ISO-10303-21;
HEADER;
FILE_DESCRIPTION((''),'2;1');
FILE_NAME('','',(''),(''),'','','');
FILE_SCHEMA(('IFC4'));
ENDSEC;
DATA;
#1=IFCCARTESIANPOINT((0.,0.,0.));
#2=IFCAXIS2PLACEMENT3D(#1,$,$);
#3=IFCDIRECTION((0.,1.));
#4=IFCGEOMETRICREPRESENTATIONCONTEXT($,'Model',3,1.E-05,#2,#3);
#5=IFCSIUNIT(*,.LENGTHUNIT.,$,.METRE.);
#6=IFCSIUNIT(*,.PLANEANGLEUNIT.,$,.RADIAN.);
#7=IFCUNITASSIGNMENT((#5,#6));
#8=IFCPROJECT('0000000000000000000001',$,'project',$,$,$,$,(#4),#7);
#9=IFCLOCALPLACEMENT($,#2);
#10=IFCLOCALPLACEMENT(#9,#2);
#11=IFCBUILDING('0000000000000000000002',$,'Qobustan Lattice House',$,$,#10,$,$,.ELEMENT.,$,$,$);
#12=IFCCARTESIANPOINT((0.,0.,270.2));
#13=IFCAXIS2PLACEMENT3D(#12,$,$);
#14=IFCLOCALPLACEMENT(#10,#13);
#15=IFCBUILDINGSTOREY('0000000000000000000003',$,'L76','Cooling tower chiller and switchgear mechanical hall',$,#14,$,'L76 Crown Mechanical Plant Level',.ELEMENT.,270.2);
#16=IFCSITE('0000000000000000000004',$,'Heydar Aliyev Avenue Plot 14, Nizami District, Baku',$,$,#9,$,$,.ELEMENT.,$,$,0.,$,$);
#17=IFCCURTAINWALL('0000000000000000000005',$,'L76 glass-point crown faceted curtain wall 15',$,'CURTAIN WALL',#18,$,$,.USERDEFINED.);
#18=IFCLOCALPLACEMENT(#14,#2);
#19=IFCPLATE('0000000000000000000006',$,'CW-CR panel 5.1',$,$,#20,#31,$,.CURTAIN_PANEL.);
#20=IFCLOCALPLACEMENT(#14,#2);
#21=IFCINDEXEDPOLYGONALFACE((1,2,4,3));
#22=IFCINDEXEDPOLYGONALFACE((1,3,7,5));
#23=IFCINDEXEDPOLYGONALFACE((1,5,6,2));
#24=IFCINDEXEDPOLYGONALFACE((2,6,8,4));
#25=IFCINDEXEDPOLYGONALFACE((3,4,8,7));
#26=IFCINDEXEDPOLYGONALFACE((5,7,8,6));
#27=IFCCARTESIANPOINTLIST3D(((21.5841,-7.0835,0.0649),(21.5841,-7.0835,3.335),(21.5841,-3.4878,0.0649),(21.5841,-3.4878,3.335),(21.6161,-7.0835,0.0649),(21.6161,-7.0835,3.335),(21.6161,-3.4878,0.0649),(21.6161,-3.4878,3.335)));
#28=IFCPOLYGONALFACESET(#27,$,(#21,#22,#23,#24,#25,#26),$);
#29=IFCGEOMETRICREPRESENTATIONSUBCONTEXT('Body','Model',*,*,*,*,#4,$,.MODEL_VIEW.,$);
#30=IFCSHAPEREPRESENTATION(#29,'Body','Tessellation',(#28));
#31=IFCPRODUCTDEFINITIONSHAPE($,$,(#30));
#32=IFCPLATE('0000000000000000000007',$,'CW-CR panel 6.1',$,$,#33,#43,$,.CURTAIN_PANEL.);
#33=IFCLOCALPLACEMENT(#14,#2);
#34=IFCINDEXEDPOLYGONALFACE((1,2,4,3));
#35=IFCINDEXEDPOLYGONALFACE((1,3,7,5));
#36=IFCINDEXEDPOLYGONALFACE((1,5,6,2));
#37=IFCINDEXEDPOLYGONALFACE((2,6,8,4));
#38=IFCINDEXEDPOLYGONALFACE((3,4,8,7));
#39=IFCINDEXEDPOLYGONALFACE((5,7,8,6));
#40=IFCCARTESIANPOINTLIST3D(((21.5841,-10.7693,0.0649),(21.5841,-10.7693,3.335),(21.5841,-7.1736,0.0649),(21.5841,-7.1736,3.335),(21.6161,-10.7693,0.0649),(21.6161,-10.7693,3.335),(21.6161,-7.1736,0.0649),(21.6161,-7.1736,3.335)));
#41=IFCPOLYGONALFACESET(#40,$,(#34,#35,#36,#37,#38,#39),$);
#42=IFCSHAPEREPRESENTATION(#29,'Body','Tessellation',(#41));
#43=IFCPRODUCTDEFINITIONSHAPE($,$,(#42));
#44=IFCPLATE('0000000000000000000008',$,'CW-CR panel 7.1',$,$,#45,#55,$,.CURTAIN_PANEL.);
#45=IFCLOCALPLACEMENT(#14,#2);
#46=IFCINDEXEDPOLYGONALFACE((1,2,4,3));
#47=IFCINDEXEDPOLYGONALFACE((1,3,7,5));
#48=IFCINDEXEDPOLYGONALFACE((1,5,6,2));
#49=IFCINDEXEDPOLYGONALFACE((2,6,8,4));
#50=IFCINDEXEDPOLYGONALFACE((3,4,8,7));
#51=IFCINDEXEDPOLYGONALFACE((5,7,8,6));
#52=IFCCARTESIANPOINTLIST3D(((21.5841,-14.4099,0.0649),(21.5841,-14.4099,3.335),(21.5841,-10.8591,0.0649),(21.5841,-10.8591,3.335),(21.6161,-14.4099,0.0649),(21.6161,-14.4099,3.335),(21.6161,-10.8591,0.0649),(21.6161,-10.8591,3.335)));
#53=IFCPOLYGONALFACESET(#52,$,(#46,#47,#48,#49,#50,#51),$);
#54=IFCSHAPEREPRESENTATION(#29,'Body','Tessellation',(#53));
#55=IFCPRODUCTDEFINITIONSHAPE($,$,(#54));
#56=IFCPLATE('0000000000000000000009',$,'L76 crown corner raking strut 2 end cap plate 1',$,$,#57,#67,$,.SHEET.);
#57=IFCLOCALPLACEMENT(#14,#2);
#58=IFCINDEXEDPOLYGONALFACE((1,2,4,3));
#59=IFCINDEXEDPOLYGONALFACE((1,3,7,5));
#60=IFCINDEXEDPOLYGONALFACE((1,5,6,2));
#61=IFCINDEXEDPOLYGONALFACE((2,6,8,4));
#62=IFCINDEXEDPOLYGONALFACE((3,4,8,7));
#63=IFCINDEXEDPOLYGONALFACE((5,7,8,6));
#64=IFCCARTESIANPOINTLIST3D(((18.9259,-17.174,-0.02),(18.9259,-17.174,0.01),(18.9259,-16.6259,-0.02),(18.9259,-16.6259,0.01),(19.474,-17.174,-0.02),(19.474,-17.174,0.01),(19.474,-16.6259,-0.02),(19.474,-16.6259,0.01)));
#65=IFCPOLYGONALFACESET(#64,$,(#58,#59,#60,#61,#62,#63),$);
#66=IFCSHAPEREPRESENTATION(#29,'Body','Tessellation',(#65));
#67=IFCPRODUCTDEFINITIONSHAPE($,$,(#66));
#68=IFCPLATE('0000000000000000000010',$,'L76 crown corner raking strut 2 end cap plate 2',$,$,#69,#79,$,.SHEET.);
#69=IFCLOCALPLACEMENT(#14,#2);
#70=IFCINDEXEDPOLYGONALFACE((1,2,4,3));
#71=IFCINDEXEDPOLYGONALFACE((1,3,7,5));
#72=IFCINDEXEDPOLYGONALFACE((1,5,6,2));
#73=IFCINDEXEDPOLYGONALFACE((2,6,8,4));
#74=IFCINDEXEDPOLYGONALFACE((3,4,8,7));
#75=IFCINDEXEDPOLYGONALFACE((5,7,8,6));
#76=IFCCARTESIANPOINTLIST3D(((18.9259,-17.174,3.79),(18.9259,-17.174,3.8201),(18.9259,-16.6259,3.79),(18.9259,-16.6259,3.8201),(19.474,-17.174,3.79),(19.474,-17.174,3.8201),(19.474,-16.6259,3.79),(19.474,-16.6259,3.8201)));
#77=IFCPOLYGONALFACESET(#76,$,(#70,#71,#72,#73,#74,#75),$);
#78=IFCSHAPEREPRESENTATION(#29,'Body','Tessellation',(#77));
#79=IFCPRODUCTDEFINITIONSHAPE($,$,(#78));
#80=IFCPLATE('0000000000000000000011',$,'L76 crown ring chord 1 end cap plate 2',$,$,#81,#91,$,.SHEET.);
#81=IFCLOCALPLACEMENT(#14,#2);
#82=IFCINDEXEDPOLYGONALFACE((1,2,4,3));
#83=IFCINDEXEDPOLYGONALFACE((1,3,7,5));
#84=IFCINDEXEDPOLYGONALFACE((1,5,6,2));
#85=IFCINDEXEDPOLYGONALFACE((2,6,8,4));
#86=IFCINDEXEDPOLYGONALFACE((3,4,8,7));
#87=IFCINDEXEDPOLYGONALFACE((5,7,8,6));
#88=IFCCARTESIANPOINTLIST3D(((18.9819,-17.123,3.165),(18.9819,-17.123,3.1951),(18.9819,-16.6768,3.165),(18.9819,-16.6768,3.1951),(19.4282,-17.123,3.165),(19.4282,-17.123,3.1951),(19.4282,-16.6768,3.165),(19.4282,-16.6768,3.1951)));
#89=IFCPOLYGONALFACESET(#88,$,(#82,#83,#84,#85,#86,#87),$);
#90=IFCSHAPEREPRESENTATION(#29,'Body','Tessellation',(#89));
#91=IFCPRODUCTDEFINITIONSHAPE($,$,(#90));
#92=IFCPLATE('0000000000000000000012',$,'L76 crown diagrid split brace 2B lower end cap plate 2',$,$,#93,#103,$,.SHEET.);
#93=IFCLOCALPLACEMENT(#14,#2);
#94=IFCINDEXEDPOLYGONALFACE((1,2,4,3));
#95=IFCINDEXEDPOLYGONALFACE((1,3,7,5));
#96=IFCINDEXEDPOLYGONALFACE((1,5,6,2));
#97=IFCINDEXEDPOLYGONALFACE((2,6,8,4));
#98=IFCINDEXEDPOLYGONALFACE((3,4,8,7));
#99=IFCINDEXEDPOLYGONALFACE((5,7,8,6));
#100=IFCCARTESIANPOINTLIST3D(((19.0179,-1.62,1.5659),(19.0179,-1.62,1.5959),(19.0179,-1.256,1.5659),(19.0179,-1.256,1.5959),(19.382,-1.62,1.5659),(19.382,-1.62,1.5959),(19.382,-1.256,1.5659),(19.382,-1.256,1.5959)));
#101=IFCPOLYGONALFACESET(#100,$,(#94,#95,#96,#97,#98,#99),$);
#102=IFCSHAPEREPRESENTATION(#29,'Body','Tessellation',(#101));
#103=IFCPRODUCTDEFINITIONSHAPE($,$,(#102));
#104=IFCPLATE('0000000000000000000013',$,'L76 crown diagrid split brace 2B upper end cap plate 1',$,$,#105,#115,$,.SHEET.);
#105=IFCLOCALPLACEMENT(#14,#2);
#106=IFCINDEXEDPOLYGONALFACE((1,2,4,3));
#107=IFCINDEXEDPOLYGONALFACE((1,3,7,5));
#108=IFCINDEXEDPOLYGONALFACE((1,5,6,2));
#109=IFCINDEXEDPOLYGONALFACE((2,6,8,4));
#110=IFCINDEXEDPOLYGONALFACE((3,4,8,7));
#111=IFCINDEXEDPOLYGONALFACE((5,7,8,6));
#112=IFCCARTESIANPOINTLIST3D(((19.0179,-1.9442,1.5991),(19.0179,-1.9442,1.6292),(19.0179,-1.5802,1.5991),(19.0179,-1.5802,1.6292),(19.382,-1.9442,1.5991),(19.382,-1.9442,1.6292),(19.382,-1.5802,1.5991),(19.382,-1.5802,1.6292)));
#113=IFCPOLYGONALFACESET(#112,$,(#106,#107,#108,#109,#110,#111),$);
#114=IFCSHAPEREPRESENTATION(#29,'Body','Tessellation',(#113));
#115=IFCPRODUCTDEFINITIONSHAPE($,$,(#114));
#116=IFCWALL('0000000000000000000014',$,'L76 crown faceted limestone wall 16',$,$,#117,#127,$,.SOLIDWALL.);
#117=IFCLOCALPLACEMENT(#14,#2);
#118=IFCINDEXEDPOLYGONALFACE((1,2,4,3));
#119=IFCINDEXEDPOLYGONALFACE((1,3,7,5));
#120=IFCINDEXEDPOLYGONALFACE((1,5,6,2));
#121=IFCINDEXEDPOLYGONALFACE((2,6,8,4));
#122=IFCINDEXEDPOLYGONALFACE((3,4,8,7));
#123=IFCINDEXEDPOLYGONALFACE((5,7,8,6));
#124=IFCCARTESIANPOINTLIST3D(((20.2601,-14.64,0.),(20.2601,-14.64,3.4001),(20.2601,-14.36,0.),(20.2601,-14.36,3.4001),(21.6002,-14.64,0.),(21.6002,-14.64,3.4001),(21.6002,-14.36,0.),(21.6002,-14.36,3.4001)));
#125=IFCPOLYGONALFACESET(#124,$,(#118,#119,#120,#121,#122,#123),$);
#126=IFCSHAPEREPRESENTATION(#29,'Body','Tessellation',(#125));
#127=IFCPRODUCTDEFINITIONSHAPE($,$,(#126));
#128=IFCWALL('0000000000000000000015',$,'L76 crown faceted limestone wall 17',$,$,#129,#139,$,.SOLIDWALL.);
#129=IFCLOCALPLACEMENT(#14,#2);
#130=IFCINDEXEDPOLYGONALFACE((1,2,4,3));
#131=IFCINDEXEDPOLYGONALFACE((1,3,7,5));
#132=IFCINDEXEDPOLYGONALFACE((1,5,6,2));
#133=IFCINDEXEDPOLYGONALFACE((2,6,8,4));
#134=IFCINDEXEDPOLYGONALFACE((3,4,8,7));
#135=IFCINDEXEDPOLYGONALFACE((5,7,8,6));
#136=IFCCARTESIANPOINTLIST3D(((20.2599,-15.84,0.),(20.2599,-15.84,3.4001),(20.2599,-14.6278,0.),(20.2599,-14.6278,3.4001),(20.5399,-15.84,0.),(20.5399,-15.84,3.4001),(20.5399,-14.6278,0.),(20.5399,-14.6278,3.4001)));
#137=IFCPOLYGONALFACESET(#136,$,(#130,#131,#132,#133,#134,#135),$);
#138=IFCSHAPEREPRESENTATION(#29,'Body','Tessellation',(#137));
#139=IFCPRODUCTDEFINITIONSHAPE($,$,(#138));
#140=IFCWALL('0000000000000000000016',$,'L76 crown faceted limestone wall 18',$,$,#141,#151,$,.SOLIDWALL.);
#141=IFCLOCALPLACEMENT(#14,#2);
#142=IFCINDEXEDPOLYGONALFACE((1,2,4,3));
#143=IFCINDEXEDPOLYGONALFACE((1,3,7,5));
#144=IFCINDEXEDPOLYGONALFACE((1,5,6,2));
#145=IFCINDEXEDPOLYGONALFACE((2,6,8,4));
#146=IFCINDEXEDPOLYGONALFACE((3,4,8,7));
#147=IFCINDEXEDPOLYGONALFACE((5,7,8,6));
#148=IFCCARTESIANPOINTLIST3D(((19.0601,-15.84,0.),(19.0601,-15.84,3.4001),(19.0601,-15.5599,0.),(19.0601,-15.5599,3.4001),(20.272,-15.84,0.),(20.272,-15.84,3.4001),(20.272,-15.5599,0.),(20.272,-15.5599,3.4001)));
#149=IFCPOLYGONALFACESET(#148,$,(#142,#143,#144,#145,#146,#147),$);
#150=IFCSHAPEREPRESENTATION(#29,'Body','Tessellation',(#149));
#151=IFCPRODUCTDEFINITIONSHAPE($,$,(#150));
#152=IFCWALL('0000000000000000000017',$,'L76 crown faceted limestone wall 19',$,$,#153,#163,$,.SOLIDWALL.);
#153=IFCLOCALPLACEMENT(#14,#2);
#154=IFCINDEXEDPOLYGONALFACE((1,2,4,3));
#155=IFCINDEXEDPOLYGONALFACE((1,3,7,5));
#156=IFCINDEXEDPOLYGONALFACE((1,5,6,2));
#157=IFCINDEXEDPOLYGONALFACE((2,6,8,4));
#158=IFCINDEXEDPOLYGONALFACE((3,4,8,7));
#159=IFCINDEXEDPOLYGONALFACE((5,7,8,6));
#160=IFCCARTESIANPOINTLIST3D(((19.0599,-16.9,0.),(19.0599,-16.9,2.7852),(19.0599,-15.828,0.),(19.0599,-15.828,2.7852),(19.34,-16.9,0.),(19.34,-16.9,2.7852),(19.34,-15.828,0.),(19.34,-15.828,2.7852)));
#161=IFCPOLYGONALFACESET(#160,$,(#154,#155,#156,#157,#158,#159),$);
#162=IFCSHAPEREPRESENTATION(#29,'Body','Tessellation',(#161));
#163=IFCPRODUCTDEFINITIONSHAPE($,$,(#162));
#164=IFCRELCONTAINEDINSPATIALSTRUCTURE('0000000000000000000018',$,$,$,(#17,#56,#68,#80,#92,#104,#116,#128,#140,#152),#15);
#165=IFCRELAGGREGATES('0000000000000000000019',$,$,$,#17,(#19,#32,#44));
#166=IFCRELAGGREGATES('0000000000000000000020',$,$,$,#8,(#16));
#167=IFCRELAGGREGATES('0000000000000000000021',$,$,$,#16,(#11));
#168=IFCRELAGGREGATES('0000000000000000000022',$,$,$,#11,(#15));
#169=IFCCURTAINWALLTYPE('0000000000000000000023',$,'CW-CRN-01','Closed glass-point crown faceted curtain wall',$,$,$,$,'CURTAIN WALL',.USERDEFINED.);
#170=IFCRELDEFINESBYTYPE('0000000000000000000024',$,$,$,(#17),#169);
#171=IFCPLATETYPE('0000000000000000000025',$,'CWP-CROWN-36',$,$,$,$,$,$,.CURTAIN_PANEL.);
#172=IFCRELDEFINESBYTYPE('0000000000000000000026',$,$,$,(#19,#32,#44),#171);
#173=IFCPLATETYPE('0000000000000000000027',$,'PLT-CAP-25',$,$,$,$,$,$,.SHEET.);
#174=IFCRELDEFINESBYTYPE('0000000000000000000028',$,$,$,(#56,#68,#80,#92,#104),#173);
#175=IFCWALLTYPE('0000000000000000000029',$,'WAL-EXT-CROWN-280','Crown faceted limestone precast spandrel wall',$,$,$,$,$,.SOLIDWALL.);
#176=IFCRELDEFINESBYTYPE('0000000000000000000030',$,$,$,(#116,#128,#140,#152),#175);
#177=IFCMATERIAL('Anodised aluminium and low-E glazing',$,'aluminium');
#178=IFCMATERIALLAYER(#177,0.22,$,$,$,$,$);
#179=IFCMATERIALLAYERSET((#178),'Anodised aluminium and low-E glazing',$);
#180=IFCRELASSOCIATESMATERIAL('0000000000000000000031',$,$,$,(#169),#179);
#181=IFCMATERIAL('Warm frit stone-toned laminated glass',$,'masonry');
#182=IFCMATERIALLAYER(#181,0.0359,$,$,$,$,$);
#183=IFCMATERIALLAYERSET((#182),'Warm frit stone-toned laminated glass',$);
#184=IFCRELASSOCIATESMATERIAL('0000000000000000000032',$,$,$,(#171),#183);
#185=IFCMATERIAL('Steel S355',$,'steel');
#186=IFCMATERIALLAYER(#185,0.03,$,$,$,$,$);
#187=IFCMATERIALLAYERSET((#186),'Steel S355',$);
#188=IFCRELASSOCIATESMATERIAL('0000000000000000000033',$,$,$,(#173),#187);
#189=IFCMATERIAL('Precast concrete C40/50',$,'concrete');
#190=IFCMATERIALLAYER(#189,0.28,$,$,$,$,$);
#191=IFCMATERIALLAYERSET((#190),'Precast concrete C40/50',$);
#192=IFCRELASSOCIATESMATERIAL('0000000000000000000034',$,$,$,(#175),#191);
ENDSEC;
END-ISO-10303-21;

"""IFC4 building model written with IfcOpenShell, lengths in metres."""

from ifc_helpers import new_model, si_unit, direction, frame, frame_2d, origin, origin_2d, place, context, subcontext, project, spatial, rectangle, extrude, material, layer, layer_set, type_object, element, aggregate, save


model = new_model("IFC4")

# Units and contexts
model_context = context("Model", 3, precision=1e-05, world=origin(), true_north=direction((0.0, 1.0)))
body_context = subcontext(model_context, "Body", "Model", "MODEL_VIEW")
ifc_project = project(units=[si_unit("LENGTHUNIT", "METRE"), si_unit("PLANEANGLEUNIT", "RADIAN")], contexts=[model_context])

# Site, building, storey
site_placement = place(None, origin())
site = spatial("IfcSite", under=ifc_project, at=site_placement, Name="Heydar Aliyev Avenue Plot 14, Nizami District, Baku", CompositionType="ELEMENT", RefElevation=0.0)
building_placement = place(site_placement, origin())
building = spatial("IfcBuilding", under=site, at=building_placement, Name="Qobustan Lattice House", CompositionType="ELEMENT")
storey_placement = place(building_placement, frame((0.0, 0.0, 270.2)))
storey = spatial("IfcBuildingStorey", under=building, at=storey_placement, Name="L76", Description="Cooling tower chiller and switchgear mechanical hall", LongName="L76 Crown Mechanical Plant Level", CompositionType="ELEMENT", Elevation=270.2)

# Curtain wall
ifc_material_1 = material(Name="Anodised aluminium and low-E glazing", Category="aluminium")
ifc_layer_1 = layer(ifc_material_1, 0.22)
ifc_layer_set_1 = layer_set([ifc_layer_1], Name="Anodised aluminium and low-E glazing")
curtain_wall_type = type_object("IfcCurtainWallType", Name="CW-CRN-01", Description="Closed glass-point crown faceted curtain wall", ElementType="CURTAIN WALL", PredefinedType="USERDEFINED", material=ifc_layer_set_1)
curtain_wall_1_placement = place(storey_placement, origin())
curtain_wall_1 = element("IfcCurtainWall", 1, at=curtain_wall_1_placement, inside=storey, type_object=curtain_wall_type, Name="L76 glass-point crown faceted curtain wall 15", ObjectType="CURTAIN WALL", PredefinedType="USERDEFINED")

# Plates
ifc_material_2 = material(Name="Warm frit stone-toned laminated glass", Category="masonry")
ifc_layer_2 = layer(ifc_material_2, 0.0359)
ifc_layer_set_2 = layer_set([ifc_layer_2], Name="Warm frit stone-toned laminated glass")
plate_type_1 = type_object("IfcPlateType", Name="CWP-CROWN-36", PredefinedType="CURTAIN_PANEL", material=ifc_layer_set_2)
plate_1_placement = place(storey_placement, frame((21.6001, -5.2856, 0.0649), z_axis=(0.0, 0.0, 1.0), x_axis=(0.0, -1.0, 0.0)))
plate_1 = element("IfcPlate", 2, at=plate_1_placement, type_object=plate_type_1, Name="CW-CR panel 5.1", PredefinedType="CURTAIN_PANEL", context=body_context, shape_type="SweptSolid", body=[
    extrude(rectangle(XDim=3.5957, YDim=0.032, at=origin_2d()), origin(), (0.0, 0.0, 1.0), 3.27),
])
plate_2_placement = place(storey_placement, frame((21.6001, -8.9714, 0.0649), z_axis=(0.0, 0.0, 1.0), x_axis=(0.0, -1.0, 0.0)))
plate_2 = element("IfcPlate", 3, at=plate_2_placement, type_object=plate_type_1, Name="CW-CR panel 6.1", PredefinedType="CURTAIN_PANEL", context=body_context, shape_type="SweptSolid", body=[
    extrude(rectangle(XDim=3.5957, YDim=0.032, at=origin_2d()), origin(), (0.0, 0.0, 1.0), 3.27),
])
plate_3_placement = place(storey_placement, frame((21.6001, -12.6345, 0.0649), z_axis=(0.0, 0.0, 1.0), x_axis=(0.0, -1.0, 0.0)))
plate_3 = element("IfcPlate", 4, at=plate_3_placement, type_object=plate_type_1, Name="CW-CR panel 7.1", PredefinedType="CURTAIN_PANEL", context=body_context, shape_type="SweptSolid", body=[
    extrude(rectangle(XDim=3.5508, YDim=0.032, at=origin_2d()), origin(), (0.0, 0.0, 1.0), 3.27),
])
aggregate(curtain_wall_1, [plate_1, plate_2, plate_3])

# Plates
ifc_material_3 = material(Name="Steel S355", Category="steel")
ifc_layer_3 = layer(ifc_material_3, 0.03)
ifc_layer_set_3 = layer_set([ifc_layer_3], Name="Steel S355")
plate_type_2 = type_object("IfcPlateType", Name="PLT-CAP-25", PredefinedType="SHEET", material=ifc_layer_set_3)
for number, where, z_axis, x_axis, name in (
    (5, (19.2, -16.8999, -0.02), (0.0, 0.0, 1.0), (1.0, 0.0, 0.0), "L76 crown corner raking strut 2 end cap plate 1"),
    (6, (19.2, -16.8999, 3.79), (0.0, 0.0, 1.0), (1.0, 0.0, 0.0), "L76 crown corner raking strut 2 end cap plate 2"),
):
    element("IfcPlate", number, at=place(storey_placement, frame(where, z_axis=z_axis, x_axis=x_axis)), inside=storey, type_object=plate_type_2, Name=name, PredefinedType="SHEET", context=body_context, shape_type="SweptSolid", body=[
        extrude(rectangle(XDim=0.5481, YDim=0.5481, at=origin_2d()), origin(), (0.0, 0.0, 1.0), 0.03),
    ])
plate_4_placement = place(storey_placement, frame((19.2051, -16.8999, 3.165), z_axis=(0.0, 0.0, 1.0), x_axis=(1.0, 0.0, 0.0)))
element("IfcPlate", 7, at=plate_4_placement, inside=storey, type_object=plate_type_2, Name="L76 crown ring chord 1 end cap plate 2", PredefinedType="SHEET", context=body_context, shape_type="SweptSolid", body=[
    extrude(rectangle(XDim=0.4463, YDim=0.4463, at=origin_2d()), origin(), (0.0, 0.0, 1.0), 0.03),
])
for number, where, z_axis, x_axis, name in (
    (8, (19.2, -1.438, 1.5659), (0.0, 0.0, 1.0), (0.0, -1.0, 0.0), "L76 crown diagrid split brace 2B lower end cap plate 2"),
    (9, (19.2, -1.7622, 1.5991), (0.0, 0.0, 1.0), (0.0, -1.0, 0.0), "L76 crown diagrid split brace 2B upper end cap plate 1"),
):
    element("IfcPlate", number, at=place(storey_placement, frame(where, z_axis=z_axis, x_axis=x_axis)), inside=storey, type_object=plate_type_2, Name=name, PredefinedType="SHEET", context=body_context, shape_type="SweptSolid", body=[
        extrude(rectangle(XDim=0.364, YDim=0.364, at=origin_2d()), origin(), (0.0, 0.0, 1.0), 0.03),
    ])

# Walls
ifc_material_4 = material(Name="Precast concrete C40/50", Category="concrete")
ifc_layer_4 = layer(ifc_material_4, 0.28)
ifc_layer_set_4 = layer_set([ifc_layer_4], Name="Precast concrete C40/50")
wall_type = type_object("IfcWallType", Name="WAL-EXT-CROWN-280", Description="Crown faceted limestone precast spandrel wall", PredefinedType="SOLIDWALL", material=ifc_layer_set_4)
wall_1_placement = place(storey_placement, frame((21.6001, -14.5, 0.0), z_axis=(0.0, 0.0, 1.0), x_axis=(-1.0, 0.0, 0.0)))
element("IfcWall", 10, at=wall_1_placement, inside=storey, type_object=wall_type, Name="L76 crown faceted limestone wall 16", PredefinedType="SOLIDWALL", context=body_context, shape_type="SweptSolid", body=[
    extrude(rectangle(XDim=1.3401, YDim=0.28, at=frame_2d((0.6699, 0.0))), origin(), (0.0, 0.0, 1.0), 3.4001),
])
wall_2_placement = place(storey_placement, frame((20.3999, -14.6279, 0.0), z_axis=(0.0, 0.0, 1.0), x_axis=(0.0, -1.0, 0.0)))
element("IfcWall", 11, at=wall_2_placement, inside=storey, type_object=wall_type, Name="L76 crown faceted limestone wall 17", PredefinedType="SOLIDWALL", context=body_context, shape_type="SweptSolid", body=[
    extrude(rectangle(XDim=1.2122, YDim=0.28, at=frame_2d((0.606, 0.0))), origin(), (0.0, 0.0, 1.0), 3.4001),
])
wall_3_placement = place(storey_placement, frame((20.272, -15.7, 0.0), z_axis=(0.0, 0.0, 1.0), x_axis=(-1.0, 0.0, 0.0)))
element("IfcWall", 12, at=wall_3_placement, inside=storey, type_object=wall_type, Name="L76 crown faceted limestone wall 18", PredefinedType="SOLIDWALL", context=body_context, shape_type="SweptSolid", body=[
    extrude(rectangle(XDim=1.2119, YDim=0.28, at=frame_2d((0.606, 0.0))), origin(), (0.0, 0.0, 1.0), 3.4001),
])
wall_4_placement = place(storey_placement, frame((19.2, -15.8279, 0.0), z_axis=(0.0, 0.0, 1.0), x_axis=(0.0, -1.0, 0.0)))
element("IfcWall", 13, at=wall_4_placement, inside=storey, type_object=wall_type, Name="L76 crown faceted limestone wall 19", PredefinedType="SOLIDWALL", context=body_context, shape_type="SweptSolid", body=[
    extrude(rectangle(XDim=1.072, YDim=0.28, at=frame_2d((0.5361, 0.0))), origin(), (0.0, 0.0, 1.0), 2.7852),
])

save(model, "model.ifc")
